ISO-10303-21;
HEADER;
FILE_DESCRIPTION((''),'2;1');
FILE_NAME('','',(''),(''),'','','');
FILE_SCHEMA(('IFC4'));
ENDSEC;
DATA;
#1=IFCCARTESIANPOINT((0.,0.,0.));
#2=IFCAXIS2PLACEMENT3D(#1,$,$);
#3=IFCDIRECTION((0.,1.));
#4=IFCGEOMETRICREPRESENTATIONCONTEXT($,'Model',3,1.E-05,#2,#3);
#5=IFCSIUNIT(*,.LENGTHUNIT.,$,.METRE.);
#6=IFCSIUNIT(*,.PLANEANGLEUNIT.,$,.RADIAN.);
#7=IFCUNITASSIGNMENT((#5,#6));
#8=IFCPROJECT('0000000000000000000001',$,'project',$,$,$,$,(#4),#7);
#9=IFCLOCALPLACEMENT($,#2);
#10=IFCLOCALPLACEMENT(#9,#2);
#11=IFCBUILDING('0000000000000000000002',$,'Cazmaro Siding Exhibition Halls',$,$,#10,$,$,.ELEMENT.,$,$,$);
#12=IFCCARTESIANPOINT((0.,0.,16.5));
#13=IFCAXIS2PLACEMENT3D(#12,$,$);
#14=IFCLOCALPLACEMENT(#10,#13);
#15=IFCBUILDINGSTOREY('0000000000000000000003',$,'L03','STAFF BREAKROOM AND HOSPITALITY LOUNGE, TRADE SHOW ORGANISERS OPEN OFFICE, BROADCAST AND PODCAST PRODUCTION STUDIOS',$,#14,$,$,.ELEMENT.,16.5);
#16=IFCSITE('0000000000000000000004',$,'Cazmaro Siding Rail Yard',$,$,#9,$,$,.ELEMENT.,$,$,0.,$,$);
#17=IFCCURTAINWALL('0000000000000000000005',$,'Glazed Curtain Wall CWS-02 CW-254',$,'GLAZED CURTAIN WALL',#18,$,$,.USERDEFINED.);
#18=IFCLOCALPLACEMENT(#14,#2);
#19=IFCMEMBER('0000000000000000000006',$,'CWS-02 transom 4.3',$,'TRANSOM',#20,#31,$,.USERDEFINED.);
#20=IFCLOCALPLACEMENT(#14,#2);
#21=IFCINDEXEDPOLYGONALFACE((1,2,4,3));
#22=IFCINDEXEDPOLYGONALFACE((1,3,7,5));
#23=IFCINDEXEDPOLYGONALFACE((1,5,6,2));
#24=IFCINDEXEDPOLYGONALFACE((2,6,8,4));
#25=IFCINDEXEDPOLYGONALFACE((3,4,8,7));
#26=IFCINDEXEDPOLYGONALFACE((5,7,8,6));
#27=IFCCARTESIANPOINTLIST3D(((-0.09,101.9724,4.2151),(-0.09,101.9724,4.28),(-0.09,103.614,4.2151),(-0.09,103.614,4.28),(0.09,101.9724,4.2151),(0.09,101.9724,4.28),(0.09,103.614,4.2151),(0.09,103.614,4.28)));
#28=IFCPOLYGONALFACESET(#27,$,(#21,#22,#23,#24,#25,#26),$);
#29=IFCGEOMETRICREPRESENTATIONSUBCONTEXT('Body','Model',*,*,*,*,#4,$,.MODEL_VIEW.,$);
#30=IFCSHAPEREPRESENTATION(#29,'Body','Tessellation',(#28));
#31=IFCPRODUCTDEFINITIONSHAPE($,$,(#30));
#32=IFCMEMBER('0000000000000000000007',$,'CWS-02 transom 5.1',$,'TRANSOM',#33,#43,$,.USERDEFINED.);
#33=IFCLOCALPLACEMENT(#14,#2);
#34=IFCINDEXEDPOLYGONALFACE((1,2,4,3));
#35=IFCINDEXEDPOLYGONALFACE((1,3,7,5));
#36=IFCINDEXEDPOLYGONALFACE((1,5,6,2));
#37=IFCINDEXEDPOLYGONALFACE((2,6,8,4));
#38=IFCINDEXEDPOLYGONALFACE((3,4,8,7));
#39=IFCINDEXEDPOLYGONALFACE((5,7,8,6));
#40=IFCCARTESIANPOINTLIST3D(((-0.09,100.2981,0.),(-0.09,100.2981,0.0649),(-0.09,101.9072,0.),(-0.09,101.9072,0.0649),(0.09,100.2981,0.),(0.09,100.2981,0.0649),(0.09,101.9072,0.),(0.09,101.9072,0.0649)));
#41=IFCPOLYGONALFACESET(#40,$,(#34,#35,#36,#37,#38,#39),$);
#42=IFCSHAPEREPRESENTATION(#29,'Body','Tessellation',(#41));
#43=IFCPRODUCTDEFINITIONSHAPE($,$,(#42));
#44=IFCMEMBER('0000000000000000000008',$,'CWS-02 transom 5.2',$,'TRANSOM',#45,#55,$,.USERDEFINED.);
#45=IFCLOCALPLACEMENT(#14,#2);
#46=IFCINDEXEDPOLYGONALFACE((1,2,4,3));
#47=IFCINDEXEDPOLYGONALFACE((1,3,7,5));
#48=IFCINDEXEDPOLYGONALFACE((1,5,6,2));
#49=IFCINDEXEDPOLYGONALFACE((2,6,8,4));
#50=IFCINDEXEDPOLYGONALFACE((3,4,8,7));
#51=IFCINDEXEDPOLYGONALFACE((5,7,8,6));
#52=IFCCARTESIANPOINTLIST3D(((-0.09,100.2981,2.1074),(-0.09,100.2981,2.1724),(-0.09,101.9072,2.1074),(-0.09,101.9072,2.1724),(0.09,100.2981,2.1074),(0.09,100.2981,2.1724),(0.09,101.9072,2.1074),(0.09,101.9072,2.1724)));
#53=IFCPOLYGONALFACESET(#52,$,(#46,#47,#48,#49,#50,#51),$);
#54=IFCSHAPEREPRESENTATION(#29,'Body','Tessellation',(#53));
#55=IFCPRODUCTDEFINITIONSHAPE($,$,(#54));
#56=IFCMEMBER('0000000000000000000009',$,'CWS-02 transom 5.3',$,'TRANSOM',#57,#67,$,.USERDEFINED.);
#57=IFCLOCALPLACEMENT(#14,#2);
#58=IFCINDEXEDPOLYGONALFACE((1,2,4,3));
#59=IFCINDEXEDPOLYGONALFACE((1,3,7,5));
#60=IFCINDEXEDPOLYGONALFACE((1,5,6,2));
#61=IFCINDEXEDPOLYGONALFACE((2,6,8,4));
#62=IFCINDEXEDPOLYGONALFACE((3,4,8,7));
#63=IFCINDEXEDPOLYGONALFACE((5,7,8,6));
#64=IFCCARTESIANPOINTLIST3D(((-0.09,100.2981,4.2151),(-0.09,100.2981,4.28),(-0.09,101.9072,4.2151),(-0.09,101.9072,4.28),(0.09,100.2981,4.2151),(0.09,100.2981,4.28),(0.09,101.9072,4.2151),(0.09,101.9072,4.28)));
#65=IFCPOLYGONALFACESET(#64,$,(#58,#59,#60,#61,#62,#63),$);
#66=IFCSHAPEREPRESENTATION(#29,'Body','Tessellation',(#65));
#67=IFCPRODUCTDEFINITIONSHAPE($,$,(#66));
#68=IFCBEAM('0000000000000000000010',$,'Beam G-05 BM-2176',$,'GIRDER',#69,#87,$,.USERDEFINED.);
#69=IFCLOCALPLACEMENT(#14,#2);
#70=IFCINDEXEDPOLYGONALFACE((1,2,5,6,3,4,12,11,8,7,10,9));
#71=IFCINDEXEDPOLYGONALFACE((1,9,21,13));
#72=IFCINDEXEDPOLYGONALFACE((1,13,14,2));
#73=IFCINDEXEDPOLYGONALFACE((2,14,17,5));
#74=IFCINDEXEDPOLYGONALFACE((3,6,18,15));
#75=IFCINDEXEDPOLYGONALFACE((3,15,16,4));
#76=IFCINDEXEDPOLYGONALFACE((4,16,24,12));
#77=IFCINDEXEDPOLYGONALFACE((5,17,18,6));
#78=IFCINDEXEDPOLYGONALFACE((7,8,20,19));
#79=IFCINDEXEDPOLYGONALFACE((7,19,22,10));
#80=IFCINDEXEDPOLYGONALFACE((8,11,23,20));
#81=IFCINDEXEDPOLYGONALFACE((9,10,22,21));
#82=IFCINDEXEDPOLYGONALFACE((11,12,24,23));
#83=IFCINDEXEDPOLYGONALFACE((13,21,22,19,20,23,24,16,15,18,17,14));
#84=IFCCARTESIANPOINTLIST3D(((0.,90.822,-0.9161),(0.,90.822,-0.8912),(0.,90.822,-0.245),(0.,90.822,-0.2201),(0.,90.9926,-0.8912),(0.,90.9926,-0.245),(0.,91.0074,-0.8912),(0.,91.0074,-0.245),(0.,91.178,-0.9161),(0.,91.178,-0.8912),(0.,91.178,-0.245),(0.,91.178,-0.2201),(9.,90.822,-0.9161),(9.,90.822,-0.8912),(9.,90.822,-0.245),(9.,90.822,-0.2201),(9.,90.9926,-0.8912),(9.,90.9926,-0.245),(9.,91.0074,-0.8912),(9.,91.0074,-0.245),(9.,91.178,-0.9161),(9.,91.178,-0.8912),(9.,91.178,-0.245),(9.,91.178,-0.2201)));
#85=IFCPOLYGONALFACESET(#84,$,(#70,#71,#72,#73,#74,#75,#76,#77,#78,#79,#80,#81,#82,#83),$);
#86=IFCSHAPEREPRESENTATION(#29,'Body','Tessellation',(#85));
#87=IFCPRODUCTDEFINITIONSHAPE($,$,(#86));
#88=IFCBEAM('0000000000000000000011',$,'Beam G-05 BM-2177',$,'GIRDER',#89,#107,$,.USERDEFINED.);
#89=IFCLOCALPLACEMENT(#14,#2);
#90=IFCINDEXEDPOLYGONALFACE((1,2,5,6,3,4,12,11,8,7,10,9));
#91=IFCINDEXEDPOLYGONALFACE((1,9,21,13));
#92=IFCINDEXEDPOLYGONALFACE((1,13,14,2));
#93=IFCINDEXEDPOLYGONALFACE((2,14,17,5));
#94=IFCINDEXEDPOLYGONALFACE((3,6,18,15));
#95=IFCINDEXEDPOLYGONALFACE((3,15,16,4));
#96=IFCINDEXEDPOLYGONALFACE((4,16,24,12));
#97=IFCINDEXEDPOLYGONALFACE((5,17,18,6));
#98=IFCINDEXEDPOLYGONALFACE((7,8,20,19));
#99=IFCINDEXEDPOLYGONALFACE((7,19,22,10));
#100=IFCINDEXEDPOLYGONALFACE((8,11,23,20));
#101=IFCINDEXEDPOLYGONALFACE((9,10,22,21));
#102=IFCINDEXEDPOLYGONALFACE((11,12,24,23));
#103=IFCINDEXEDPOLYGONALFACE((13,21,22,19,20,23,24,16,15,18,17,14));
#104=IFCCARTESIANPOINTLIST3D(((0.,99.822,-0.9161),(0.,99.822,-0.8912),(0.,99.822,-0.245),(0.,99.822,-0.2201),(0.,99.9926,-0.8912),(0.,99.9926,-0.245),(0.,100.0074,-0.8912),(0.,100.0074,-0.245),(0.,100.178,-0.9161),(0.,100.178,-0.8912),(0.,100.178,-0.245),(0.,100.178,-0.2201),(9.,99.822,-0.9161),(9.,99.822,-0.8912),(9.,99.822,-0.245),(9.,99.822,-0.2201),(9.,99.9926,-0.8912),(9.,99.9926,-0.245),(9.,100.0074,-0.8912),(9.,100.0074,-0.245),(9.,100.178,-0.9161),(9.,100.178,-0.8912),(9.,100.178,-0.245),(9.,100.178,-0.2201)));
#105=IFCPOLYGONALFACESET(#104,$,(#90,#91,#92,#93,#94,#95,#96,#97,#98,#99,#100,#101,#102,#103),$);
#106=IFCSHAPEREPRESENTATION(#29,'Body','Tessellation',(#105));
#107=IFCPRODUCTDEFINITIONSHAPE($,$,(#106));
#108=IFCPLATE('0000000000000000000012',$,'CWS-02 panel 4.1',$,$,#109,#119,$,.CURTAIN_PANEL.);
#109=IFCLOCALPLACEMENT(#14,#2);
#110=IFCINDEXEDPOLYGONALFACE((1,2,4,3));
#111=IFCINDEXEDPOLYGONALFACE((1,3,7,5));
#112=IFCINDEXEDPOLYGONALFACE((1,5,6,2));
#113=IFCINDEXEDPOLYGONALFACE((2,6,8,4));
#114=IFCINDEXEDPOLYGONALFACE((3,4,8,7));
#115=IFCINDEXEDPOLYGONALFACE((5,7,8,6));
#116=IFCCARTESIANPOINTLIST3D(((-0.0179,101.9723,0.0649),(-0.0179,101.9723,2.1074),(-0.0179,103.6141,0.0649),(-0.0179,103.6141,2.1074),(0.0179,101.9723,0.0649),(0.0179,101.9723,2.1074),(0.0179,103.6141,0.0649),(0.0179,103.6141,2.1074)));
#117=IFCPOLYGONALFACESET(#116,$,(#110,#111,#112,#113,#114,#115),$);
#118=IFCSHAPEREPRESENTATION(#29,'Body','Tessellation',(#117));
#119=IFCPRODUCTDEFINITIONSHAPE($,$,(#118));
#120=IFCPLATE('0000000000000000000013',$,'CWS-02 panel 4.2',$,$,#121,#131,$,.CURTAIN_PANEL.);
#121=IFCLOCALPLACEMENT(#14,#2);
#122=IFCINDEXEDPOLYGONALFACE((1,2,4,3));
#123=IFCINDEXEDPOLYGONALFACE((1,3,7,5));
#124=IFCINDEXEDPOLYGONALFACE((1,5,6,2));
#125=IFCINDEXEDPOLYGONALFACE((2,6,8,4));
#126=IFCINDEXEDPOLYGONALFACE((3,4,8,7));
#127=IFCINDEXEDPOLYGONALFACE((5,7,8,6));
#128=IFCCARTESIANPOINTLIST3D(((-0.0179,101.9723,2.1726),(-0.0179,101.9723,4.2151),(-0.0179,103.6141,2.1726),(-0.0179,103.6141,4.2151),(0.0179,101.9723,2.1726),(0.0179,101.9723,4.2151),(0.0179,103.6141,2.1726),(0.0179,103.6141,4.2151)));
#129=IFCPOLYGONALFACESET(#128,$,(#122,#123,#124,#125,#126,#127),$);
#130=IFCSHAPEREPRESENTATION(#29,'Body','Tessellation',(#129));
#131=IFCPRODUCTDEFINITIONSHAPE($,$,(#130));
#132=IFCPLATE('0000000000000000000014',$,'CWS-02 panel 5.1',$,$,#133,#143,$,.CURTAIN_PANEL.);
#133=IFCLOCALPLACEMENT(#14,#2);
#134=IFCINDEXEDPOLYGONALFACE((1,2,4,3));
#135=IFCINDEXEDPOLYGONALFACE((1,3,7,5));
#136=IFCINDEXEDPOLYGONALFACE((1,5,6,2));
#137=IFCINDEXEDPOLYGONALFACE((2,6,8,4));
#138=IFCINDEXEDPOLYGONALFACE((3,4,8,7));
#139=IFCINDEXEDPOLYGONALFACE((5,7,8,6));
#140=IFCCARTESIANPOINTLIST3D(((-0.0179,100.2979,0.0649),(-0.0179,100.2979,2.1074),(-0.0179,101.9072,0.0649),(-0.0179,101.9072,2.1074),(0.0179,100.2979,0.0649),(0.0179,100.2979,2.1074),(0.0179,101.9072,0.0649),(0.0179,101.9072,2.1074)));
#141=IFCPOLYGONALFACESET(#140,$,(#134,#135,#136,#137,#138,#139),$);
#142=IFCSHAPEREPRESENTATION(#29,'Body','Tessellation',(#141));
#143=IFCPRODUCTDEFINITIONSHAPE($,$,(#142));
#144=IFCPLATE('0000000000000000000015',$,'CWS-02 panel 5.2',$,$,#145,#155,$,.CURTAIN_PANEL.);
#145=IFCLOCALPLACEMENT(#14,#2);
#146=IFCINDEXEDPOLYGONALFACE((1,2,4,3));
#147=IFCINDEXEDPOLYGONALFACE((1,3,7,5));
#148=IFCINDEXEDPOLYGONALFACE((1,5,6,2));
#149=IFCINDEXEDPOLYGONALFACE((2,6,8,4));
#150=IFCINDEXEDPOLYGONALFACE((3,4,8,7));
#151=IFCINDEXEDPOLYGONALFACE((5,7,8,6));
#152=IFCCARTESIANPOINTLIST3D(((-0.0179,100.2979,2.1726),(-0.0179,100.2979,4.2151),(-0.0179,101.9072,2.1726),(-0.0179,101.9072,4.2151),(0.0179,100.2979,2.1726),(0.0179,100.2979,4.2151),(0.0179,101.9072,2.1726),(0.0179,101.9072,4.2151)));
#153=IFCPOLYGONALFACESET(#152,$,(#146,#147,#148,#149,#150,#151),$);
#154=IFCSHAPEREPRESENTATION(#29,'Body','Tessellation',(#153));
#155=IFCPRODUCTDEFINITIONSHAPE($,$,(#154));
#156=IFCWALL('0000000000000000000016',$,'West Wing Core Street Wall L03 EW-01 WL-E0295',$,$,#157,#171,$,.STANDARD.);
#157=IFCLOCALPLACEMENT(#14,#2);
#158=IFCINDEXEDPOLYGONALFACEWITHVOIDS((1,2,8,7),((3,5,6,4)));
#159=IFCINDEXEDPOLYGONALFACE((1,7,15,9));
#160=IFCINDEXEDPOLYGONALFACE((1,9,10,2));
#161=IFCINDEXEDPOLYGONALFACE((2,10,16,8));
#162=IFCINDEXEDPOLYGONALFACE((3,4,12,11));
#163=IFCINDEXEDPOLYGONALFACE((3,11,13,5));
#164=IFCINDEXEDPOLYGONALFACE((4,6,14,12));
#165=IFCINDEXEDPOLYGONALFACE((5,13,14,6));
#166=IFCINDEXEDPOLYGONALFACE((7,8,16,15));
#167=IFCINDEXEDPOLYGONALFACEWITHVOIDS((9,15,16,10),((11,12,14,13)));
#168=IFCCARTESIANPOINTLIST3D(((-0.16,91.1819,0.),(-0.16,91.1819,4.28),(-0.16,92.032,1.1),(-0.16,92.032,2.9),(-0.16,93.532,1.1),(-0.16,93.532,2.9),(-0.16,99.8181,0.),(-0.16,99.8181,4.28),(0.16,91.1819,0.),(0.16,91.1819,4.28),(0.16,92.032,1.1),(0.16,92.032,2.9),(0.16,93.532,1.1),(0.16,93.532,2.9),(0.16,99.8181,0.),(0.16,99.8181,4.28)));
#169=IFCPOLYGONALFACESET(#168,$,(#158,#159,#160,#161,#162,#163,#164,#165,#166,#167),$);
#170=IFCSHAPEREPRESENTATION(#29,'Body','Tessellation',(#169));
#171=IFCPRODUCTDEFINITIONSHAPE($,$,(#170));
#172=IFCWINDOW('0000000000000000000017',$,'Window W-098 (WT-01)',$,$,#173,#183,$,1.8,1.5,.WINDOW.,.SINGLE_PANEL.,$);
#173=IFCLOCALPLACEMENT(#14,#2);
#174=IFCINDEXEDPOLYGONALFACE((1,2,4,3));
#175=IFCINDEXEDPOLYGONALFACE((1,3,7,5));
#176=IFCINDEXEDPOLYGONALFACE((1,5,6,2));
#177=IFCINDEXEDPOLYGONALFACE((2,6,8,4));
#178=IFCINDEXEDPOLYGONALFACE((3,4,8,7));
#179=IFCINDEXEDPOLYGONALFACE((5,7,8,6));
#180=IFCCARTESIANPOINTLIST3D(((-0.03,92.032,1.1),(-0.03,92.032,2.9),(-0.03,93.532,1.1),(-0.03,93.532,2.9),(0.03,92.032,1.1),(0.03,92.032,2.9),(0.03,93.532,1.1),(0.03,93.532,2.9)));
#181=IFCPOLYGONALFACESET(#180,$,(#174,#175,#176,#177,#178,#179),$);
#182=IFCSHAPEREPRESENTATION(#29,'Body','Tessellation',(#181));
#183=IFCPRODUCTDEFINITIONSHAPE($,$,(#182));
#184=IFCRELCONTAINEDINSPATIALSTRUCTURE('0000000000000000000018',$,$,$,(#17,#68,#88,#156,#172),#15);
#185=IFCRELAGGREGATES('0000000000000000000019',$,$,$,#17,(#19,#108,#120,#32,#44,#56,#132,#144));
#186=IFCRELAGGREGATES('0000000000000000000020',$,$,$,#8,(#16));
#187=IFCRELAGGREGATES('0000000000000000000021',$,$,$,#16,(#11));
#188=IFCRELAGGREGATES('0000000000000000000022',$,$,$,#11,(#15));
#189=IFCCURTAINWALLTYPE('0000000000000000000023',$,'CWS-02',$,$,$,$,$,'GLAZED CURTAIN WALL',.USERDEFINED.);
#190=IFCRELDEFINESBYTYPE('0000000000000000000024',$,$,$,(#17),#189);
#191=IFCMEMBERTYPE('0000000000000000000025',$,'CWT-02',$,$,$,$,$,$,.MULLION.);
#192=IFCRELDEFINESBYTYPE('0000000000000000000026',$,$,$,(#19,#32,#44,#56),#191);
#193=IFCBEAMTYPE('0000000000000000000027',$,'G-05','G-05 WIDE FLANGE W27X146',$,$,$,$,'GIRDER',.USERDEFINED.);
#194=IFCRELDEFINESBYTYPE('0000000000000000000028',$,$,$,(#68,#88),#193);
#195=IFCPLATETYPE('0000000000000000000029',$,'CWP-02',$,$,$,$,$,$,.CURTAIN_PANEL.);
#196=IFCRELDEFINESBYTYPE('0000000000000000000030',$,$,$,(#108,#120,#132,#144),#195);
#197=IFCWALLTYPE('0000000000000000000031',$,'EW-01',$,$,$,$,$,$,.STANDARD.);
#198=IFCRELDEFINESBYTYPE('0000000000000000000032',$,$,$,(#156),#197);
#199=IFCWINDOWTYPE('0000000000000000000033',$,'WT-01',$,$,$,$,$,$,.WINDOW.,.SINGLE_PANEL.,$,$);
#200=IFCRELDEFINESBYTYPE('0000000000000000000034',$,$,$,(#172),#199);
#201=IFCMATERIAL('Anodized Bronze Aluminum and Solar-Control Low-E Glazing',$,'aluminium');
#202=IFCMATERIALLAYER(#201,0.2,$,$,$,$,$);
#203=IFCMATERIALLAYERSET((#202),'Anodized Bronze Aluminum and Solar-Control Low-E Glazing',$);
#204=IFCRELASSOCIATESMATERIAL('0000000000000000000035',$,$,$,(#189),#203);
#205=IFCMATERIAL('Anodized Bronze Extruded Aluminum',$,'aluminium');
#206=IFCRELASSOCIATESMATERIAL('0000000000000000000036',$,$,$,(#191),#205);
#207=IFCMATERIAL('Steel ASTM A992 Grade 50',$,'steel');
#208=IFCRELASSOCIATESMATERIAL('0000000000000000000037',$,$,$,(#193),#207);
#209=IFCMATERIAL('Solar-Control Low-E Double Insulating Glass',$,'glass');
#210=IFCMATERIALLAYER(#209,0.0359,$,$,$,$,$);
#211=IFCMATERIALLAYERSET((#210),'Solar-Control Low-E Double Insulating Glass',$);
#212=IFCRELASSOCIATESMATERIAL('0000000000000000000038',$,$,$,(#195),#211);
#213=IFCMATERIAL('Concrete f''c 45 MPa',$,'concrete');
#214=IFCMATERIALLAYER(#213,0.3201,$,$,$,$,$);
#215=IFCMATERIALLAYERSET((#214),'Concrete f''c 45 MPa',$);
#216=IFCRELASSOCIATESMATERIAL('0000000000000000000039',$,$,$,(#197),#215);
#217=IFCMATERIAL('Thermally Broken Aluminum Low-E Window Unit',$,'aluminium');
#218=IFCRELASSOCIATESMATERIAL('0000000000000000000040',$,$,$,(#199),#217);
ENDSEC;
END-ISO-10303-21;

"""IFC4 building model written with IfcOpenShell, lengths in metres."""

from ifc_helpers import new_model, si_unit, direction, frame, frame_2d, origin, origin_2d, place, context, subcontext, project, spatial, rectangle, i_section, extrude, material, layer, layer_set, material_profile, profile_set, type_object, element, fill, aggregate, save


model = new_model("IFC4")

# Units and contexts
model_context = context("Model", 3, precision=1e-05, world=origin(), true_north=direction((0.0, 1.0)))
body_context = subcontext(model_context, "Body", "Model", "MODEL_VIEW")
ifc_project = project(units=[si_unit("LENGTHUNIT", "METRE"), si_unit("PLANEANGLEUNIT", "RADIAN")], contexts=[model_context])

# Site, building, storey
site_placement = place(None, origin())
site = spatial("IfcSite", under=ifc_project, at=site_placement, Name="Cazmaro Siding Rail Yard", CompositionType="ELEMENT", RefElevation=0.0)
building_placement = place(site_placement, origin())
building = spatial("IfcBuilding", under=site, at=building_placement, Name="Cazmaro Siding Exhibition Halls", CompositionType="ELEMENT")
storey_placement = place(building_placement, frame((0.0, 0.0, 16.5)))
storey = spatial("IfcBuildingStorey", under=building, at=storey_placement, Name="L03", Description="STAFF BREAKROOM AND HOSPITALITY LOUNGE, TRADE SHOW ORGANISERS OPEN OFFICE, BROADCAST AND PODCAST PRODUCTION STUDIOS", CompositionType="ELEMENT", Elevation=16.5)

# Shared definitions
ifc_material_1 = material(Name="Anodized Bronze Aluminum and Solar-Control Low-E Glazing", Category="aluminium")
ifc_layer_1 = layer(ifc_material_1, 0.2)
ifc_layer_set_1 = layer_set([ifc_layer_1], Name="Anodized Bronze Aluminum and Solar-Control Low-E Glazing")
curtain_wall_type = type_object("IfcCurtainWallType", Name="CWS-02", ElementType="GLAZED CURTAIN WALL", PredefinedType="USERDEFINED", material=ifc_layer_set_1)

# Curtain wall
curtain_wall_1_placement = place(storey_placement, origin())
curtain_wall_1 = element("IfcCurtainWall", 1, at=curtain_wall_1_placement, inside=storey, type_object=curtain_wall_type, Name="Glazed Curtain Wall CWS-02 CW-254", ObjectType="GLAZED CURTAIN WALL", PredefinedType="USERDEFINED")

# Members
ifc_material_2 = material(Name="Anodized Bronze Extruded Aluminum", Category="aluminium")
ifc_material_profile_1 = material_profile(ifc_material_2, rectangle(XDim=0.1799, YDim=0.0649, at=origin_2d()), Name="CWT-02")
ifc_profile_set_1 = profile_set([ifc_material_profile_1], Name="Anodized Bronze Extruded Aluminum")
member_type_1 = type_object("IfcMemberType", Name="CWT-02", PredefinedType="MULLION", material=ifc_profile_set_1)
member_1_placement = place(storey_placement, frame((0.0, 103.614, 4.2476), z_axis=(0.0, -1.0, 0.0), x_axis=(1.0, 0.0, 0.0)))
member_1 = element("IfcMember", 2, at=member_1_placement, type_object=member_type_1, Name="CWS-02 transom 4.3", ObjectType="TRANSOM", PredefinedType="USERDEFINED", context=body_context, shape_type="SweptSolid", body=[
    extrude(rectangle(XDim=0.1799, YDim=0.0649, at=origin_2d()), origin(), (0.0, 0.0, 1.0), 1.6416),
])
member_2_placement = place(storey_placement, frame((0.0, 101.9072, 0.0325), z_axis=(0.0, -1.0, 0.0), x_axis=(1.0, 0.0, 0.0)))
member_2 = element("IfcMember", 3, at=member_2_placement, type_object=member_type_1, Name="CWS-02 transom 5.1", ObjectType="TRANSOM", PredefinedType="USERDEFINED", context=body_context, shape_type="SweptSolid", body=[
    extrude(rectangle(XDim=0.1799, YDim=0.0649, at=origin_2d()), origin(), (0.0, 0.0, 1.0), 1.6091),
])
member_3_placement = place(storey_placement, frame((0.0, 101.9072, 2.1399), z_axis=(0.0, -1.0, 0.0), x_axis=(1.0, 0.0, 0.0)))
member_3 = element("IfcMember", 4, at=member_3_placement, type_object=member_type_1, Name="CWS-02 transom 5.2", ObjectType="TRANSOM", PredefinedType="USERDEFINED", context=body_context, shape_type="SweptSolid", body=[
    extrude(rectangle(XDim=0.1799, YDim=0.0649, at=origin_2d()), origin(), (0.0, 0.0, 1.0), 1.6091),
])
member_4_placement = place(storey_placement, frame((0.0, 101.9072, 4.2476), z_axis=(0.0, -1.0, 0.0), x_axis=(1.0, 0.0, 0.0)))
member_4 = element("IfcMember", 5, at=member_4_placement, type_object=member_type_1, Name="CWS-02 transom 5.3", ObjectType="TRANSOM", PredefinedType="USERDEFINED", context=body_context, shape_type="SweptSolid", body=[
    extrude(rectangle(XDim=0.1799, YDim=0.0649, at=origin_2d()), origin(), (0.0, 0.0, 1.0), 1.6091),
])

# Beams
ifc_material_3 = material(Name="Steel ASTM A992 Grade 50", Category="steel")
ifc_material_profile_2 = material_profile(ifc_material_3, i_section(OverallWidth=0.356, OverallDepth=0.696, WebThickness=0.0149, FlangeThickness=0.0249, at=origin_2d()), Name="W27X146")
ifc_profile_set_2 = profile_set([ifc_material_profile_2], Name="Steel ASTM A992 Grade 50")
beam_type_1 = type_object("IfcBeamType", Name="G-05", Description="G-05 WIDE FLANGE W27X146", ElementType="GIRDER", PredefinedType="USERDEFINED", material=ifc_profile_set_2)
for number, where, z_axis, x_axis, name in (
    (6, (0.0, 91.0, -0.5681), (1.0, 0.0, 0.0), (0.0, 1.0, 0.0), "Beam G-05 BM-2176"),
    (7, (0.0, 100.0, -0.5681), (1.0, 0.0, 0.0), (0.0, 1.0, 0.0), "Beam G-05 BM-2177"),
):
    element("IfcBeam", number, at=place(storey_placement, frame(where, z_axis=z_axis, x_axis=x_axis)), inside=storey, type_object=beam_type_1, Name=name, ObjectType="GIRDER", PredefinedType="USERDEFINED", context=body_context, shape_type="SweptSolid", body=[
        extrude(i_section(OverallWidth=0.356, OverallDepth=0.696, WebThickness=0.0149, FlangeThickness=0.0249, at=origin_2d()), origin(), (0.0, 0.0, 1.0), 9.0),
    ])

# Plates
ifc_material_4 = material(Name="Solar-Control Low-E Double Insulating Glass", Category="glass")
ifc_layer_2 = layer(ifc_material_4, 0.0359)
ifc_layer_set_2 = layer_set([ifc_layer_2], Name="Solar-Control Low-E Double Insulating Glass")
plate_type = type_object("IfcPlateType", Name="CWP-02", PredefinedType="CURTAIN_PANEL", material=ifc_layer_set_2)
plate_1_placement = place(storey_placement, frame((0.0, 102.7932, 0.0649), z_axis=(0.0, 0.0, 1.0), x_axis=(0.0, -1.0, 0.0)))
plate_1 = element("IfcPlate", 8, at=plate_1_placement, type_object=plate_type, Name="CWS-02 panel 4.1", PredefinedType="CURTAIN_PANEL", context=body_context, shape_type="SweptSolid", body=[
    extrude(rectangle(XDim=1.6418, YDim=0.0359, at=origin_2d()), origin(), (0.0, 0.0, 1.0), 2.0425),
])
plate_2_placement = place(storey_placement, frame((0.0, 102.7932, 2.1726), z_axis=(0.0, 0.0, 1.0), x_axis=(0.0, -1.0, 0.0)))
plate_2 = element("IfcPlate", 9, at=plate_2_placement, type_object=plate_type, Name="CWS-02 panel 4.2", PredefinedType="CURTAIN_PANEL", context=body_context, shape_type="SweptSolid", body=[
    extrude(rectangle(XDim=1.6418, YDim=0.0359, at=origin_2d()), origin(), (0.0, 0.0, 1.0), 2.0425),
])
plate_3_placement = place(storey_placement, frame((0.0, 101.1025, 0.0649), z_axis=(0.0, 0.0, 1.0), x_axis=(0.0, -1.0, 0.0)))
plate_3 = element("IfcPlate", 10, at=plate_3_placement, type_object=plate_type, Name="CWS-02 panel 5.1", PredefinedType="CURTAIN_PANEL", context=body_context, shape_type="SweptSolid", body=[
    extrude(rectangle(XDim=1.6094, YDim=0.0359, at=origin_2d()), origin(), (0.0, 0.0, 1.0), 2.0425),
])
plate_4_placement = place(storey_placement, frame((0.0, 101.1025, 2.1726), z_axis=(0.0, 0.0, 1.0), x_axis=(0.0, -1.0, 0.0)))
plate_4 = element("IfcPlate", 11, at=plate_4_placement, type_object=plate_type, Name="CWS-02 panel 5.2", PredefinedType="CURTAIN_PANEL", context=body_context, shape_type="SweptSolid", body=[
    extrude(rectangle(XDim=1.6094, YDim=0.0359, at=origin_2d()), origin(), (0.0, 0.0, 1.0), 2.0425),
])
aggregate(curtain_wall_1, [member_1, plate_1, plate_2, member_2, member_3, member_4, plate_3, plate_4])

# Wall, opening, window
ifc_material_5 = material(Name="Concrete f'c 45 MPa", Category="concrete")
ifc_layer_3 = layer(ifc_material_5, 0.3201)
ifc_layer_set_3 = layer_set([ifc_layer_3], Name="Concrete f'c 45 MPa")
wall_type_1 = type_object("IfcWallType", Name="EW-01", PredefinedType="STANDARD", material=ifc_layer_set_3)
wall_placement = place(storey_placement, frame((0.0, 91.1819, 0.0), z_axis=(0.0, 0.0, 1.0), x_axis=(0.0, 1.0, 0.0)))
wall = element("IfcWall", 12, at=wall_placement, inside=storey, type_object=wall_type_1, Name="West Wing Core Street Wall L03 EW-01 WL-E0295", PredefinedType="STANDARD", context=body_context, shape_type="SweptSolid", body=[
    extrude(rectangle(XDim=8.6362, YDim=0.3201, at=frame_2d((4.3181, 0.0))), origin(), (0.0, 0.0, 1.0), 4.28),
])
opening_placement = place(wall_placement, frame((0.8501, 0.0, 1.1001)))
opening = element("IfcOpeningElement", 13, at=opening_placement, cuts=wall, PredefinedType="OPENING", context=body_context, shape_type="SweptSolid", body=[
    extrude(rectangle(XDim=1.5, YDim=1.8, at=frame_2d((0.75, 0.8999))), frame((0.0, 0.1699, 0.0), z_axis=(0.0, -1.0, 0.0), x_axis=(1.0, 0.0, 0.0)), (0.0, 0.0, 1.0), 0.3401),
])
ifc_material_6 = material(Name="Thermally Broken Aluminum Low-E Window Unit", Category="aluminium")
window_type = type_object("IfcWindowType", Name="WT-01", PartitioningType="SINGLE_PANEL", PredefinedType="WINDOW", material=ifc_material_6)
window_placement = place(opening_placement, origin())
window = element("IfcWindow", 14, at=window_placement, inside=storey, type_object=window_type, Name="Window W-098 (WT-01)", OverallHeight=1.8, OverallWidth=1.5, PartitioningType="SINGLE_PANEL", PredefinedType="WINDOW", context=body_context, shape_type="SweptSolid", body=[
    extrude(rectangle(XDim=1.5, YDim=1.8, at=frame_2d((0.75, 0.8999))), frame((0.0, 0.03, 0.0), z_axis=(0.0, -1.0, 0.0), x_axis=(1.0, 0.0, 0.0)), (0.0, 0.0, 1.0), 0.0601),
])
fill(opening, window)

save(model, "model.ifc")
